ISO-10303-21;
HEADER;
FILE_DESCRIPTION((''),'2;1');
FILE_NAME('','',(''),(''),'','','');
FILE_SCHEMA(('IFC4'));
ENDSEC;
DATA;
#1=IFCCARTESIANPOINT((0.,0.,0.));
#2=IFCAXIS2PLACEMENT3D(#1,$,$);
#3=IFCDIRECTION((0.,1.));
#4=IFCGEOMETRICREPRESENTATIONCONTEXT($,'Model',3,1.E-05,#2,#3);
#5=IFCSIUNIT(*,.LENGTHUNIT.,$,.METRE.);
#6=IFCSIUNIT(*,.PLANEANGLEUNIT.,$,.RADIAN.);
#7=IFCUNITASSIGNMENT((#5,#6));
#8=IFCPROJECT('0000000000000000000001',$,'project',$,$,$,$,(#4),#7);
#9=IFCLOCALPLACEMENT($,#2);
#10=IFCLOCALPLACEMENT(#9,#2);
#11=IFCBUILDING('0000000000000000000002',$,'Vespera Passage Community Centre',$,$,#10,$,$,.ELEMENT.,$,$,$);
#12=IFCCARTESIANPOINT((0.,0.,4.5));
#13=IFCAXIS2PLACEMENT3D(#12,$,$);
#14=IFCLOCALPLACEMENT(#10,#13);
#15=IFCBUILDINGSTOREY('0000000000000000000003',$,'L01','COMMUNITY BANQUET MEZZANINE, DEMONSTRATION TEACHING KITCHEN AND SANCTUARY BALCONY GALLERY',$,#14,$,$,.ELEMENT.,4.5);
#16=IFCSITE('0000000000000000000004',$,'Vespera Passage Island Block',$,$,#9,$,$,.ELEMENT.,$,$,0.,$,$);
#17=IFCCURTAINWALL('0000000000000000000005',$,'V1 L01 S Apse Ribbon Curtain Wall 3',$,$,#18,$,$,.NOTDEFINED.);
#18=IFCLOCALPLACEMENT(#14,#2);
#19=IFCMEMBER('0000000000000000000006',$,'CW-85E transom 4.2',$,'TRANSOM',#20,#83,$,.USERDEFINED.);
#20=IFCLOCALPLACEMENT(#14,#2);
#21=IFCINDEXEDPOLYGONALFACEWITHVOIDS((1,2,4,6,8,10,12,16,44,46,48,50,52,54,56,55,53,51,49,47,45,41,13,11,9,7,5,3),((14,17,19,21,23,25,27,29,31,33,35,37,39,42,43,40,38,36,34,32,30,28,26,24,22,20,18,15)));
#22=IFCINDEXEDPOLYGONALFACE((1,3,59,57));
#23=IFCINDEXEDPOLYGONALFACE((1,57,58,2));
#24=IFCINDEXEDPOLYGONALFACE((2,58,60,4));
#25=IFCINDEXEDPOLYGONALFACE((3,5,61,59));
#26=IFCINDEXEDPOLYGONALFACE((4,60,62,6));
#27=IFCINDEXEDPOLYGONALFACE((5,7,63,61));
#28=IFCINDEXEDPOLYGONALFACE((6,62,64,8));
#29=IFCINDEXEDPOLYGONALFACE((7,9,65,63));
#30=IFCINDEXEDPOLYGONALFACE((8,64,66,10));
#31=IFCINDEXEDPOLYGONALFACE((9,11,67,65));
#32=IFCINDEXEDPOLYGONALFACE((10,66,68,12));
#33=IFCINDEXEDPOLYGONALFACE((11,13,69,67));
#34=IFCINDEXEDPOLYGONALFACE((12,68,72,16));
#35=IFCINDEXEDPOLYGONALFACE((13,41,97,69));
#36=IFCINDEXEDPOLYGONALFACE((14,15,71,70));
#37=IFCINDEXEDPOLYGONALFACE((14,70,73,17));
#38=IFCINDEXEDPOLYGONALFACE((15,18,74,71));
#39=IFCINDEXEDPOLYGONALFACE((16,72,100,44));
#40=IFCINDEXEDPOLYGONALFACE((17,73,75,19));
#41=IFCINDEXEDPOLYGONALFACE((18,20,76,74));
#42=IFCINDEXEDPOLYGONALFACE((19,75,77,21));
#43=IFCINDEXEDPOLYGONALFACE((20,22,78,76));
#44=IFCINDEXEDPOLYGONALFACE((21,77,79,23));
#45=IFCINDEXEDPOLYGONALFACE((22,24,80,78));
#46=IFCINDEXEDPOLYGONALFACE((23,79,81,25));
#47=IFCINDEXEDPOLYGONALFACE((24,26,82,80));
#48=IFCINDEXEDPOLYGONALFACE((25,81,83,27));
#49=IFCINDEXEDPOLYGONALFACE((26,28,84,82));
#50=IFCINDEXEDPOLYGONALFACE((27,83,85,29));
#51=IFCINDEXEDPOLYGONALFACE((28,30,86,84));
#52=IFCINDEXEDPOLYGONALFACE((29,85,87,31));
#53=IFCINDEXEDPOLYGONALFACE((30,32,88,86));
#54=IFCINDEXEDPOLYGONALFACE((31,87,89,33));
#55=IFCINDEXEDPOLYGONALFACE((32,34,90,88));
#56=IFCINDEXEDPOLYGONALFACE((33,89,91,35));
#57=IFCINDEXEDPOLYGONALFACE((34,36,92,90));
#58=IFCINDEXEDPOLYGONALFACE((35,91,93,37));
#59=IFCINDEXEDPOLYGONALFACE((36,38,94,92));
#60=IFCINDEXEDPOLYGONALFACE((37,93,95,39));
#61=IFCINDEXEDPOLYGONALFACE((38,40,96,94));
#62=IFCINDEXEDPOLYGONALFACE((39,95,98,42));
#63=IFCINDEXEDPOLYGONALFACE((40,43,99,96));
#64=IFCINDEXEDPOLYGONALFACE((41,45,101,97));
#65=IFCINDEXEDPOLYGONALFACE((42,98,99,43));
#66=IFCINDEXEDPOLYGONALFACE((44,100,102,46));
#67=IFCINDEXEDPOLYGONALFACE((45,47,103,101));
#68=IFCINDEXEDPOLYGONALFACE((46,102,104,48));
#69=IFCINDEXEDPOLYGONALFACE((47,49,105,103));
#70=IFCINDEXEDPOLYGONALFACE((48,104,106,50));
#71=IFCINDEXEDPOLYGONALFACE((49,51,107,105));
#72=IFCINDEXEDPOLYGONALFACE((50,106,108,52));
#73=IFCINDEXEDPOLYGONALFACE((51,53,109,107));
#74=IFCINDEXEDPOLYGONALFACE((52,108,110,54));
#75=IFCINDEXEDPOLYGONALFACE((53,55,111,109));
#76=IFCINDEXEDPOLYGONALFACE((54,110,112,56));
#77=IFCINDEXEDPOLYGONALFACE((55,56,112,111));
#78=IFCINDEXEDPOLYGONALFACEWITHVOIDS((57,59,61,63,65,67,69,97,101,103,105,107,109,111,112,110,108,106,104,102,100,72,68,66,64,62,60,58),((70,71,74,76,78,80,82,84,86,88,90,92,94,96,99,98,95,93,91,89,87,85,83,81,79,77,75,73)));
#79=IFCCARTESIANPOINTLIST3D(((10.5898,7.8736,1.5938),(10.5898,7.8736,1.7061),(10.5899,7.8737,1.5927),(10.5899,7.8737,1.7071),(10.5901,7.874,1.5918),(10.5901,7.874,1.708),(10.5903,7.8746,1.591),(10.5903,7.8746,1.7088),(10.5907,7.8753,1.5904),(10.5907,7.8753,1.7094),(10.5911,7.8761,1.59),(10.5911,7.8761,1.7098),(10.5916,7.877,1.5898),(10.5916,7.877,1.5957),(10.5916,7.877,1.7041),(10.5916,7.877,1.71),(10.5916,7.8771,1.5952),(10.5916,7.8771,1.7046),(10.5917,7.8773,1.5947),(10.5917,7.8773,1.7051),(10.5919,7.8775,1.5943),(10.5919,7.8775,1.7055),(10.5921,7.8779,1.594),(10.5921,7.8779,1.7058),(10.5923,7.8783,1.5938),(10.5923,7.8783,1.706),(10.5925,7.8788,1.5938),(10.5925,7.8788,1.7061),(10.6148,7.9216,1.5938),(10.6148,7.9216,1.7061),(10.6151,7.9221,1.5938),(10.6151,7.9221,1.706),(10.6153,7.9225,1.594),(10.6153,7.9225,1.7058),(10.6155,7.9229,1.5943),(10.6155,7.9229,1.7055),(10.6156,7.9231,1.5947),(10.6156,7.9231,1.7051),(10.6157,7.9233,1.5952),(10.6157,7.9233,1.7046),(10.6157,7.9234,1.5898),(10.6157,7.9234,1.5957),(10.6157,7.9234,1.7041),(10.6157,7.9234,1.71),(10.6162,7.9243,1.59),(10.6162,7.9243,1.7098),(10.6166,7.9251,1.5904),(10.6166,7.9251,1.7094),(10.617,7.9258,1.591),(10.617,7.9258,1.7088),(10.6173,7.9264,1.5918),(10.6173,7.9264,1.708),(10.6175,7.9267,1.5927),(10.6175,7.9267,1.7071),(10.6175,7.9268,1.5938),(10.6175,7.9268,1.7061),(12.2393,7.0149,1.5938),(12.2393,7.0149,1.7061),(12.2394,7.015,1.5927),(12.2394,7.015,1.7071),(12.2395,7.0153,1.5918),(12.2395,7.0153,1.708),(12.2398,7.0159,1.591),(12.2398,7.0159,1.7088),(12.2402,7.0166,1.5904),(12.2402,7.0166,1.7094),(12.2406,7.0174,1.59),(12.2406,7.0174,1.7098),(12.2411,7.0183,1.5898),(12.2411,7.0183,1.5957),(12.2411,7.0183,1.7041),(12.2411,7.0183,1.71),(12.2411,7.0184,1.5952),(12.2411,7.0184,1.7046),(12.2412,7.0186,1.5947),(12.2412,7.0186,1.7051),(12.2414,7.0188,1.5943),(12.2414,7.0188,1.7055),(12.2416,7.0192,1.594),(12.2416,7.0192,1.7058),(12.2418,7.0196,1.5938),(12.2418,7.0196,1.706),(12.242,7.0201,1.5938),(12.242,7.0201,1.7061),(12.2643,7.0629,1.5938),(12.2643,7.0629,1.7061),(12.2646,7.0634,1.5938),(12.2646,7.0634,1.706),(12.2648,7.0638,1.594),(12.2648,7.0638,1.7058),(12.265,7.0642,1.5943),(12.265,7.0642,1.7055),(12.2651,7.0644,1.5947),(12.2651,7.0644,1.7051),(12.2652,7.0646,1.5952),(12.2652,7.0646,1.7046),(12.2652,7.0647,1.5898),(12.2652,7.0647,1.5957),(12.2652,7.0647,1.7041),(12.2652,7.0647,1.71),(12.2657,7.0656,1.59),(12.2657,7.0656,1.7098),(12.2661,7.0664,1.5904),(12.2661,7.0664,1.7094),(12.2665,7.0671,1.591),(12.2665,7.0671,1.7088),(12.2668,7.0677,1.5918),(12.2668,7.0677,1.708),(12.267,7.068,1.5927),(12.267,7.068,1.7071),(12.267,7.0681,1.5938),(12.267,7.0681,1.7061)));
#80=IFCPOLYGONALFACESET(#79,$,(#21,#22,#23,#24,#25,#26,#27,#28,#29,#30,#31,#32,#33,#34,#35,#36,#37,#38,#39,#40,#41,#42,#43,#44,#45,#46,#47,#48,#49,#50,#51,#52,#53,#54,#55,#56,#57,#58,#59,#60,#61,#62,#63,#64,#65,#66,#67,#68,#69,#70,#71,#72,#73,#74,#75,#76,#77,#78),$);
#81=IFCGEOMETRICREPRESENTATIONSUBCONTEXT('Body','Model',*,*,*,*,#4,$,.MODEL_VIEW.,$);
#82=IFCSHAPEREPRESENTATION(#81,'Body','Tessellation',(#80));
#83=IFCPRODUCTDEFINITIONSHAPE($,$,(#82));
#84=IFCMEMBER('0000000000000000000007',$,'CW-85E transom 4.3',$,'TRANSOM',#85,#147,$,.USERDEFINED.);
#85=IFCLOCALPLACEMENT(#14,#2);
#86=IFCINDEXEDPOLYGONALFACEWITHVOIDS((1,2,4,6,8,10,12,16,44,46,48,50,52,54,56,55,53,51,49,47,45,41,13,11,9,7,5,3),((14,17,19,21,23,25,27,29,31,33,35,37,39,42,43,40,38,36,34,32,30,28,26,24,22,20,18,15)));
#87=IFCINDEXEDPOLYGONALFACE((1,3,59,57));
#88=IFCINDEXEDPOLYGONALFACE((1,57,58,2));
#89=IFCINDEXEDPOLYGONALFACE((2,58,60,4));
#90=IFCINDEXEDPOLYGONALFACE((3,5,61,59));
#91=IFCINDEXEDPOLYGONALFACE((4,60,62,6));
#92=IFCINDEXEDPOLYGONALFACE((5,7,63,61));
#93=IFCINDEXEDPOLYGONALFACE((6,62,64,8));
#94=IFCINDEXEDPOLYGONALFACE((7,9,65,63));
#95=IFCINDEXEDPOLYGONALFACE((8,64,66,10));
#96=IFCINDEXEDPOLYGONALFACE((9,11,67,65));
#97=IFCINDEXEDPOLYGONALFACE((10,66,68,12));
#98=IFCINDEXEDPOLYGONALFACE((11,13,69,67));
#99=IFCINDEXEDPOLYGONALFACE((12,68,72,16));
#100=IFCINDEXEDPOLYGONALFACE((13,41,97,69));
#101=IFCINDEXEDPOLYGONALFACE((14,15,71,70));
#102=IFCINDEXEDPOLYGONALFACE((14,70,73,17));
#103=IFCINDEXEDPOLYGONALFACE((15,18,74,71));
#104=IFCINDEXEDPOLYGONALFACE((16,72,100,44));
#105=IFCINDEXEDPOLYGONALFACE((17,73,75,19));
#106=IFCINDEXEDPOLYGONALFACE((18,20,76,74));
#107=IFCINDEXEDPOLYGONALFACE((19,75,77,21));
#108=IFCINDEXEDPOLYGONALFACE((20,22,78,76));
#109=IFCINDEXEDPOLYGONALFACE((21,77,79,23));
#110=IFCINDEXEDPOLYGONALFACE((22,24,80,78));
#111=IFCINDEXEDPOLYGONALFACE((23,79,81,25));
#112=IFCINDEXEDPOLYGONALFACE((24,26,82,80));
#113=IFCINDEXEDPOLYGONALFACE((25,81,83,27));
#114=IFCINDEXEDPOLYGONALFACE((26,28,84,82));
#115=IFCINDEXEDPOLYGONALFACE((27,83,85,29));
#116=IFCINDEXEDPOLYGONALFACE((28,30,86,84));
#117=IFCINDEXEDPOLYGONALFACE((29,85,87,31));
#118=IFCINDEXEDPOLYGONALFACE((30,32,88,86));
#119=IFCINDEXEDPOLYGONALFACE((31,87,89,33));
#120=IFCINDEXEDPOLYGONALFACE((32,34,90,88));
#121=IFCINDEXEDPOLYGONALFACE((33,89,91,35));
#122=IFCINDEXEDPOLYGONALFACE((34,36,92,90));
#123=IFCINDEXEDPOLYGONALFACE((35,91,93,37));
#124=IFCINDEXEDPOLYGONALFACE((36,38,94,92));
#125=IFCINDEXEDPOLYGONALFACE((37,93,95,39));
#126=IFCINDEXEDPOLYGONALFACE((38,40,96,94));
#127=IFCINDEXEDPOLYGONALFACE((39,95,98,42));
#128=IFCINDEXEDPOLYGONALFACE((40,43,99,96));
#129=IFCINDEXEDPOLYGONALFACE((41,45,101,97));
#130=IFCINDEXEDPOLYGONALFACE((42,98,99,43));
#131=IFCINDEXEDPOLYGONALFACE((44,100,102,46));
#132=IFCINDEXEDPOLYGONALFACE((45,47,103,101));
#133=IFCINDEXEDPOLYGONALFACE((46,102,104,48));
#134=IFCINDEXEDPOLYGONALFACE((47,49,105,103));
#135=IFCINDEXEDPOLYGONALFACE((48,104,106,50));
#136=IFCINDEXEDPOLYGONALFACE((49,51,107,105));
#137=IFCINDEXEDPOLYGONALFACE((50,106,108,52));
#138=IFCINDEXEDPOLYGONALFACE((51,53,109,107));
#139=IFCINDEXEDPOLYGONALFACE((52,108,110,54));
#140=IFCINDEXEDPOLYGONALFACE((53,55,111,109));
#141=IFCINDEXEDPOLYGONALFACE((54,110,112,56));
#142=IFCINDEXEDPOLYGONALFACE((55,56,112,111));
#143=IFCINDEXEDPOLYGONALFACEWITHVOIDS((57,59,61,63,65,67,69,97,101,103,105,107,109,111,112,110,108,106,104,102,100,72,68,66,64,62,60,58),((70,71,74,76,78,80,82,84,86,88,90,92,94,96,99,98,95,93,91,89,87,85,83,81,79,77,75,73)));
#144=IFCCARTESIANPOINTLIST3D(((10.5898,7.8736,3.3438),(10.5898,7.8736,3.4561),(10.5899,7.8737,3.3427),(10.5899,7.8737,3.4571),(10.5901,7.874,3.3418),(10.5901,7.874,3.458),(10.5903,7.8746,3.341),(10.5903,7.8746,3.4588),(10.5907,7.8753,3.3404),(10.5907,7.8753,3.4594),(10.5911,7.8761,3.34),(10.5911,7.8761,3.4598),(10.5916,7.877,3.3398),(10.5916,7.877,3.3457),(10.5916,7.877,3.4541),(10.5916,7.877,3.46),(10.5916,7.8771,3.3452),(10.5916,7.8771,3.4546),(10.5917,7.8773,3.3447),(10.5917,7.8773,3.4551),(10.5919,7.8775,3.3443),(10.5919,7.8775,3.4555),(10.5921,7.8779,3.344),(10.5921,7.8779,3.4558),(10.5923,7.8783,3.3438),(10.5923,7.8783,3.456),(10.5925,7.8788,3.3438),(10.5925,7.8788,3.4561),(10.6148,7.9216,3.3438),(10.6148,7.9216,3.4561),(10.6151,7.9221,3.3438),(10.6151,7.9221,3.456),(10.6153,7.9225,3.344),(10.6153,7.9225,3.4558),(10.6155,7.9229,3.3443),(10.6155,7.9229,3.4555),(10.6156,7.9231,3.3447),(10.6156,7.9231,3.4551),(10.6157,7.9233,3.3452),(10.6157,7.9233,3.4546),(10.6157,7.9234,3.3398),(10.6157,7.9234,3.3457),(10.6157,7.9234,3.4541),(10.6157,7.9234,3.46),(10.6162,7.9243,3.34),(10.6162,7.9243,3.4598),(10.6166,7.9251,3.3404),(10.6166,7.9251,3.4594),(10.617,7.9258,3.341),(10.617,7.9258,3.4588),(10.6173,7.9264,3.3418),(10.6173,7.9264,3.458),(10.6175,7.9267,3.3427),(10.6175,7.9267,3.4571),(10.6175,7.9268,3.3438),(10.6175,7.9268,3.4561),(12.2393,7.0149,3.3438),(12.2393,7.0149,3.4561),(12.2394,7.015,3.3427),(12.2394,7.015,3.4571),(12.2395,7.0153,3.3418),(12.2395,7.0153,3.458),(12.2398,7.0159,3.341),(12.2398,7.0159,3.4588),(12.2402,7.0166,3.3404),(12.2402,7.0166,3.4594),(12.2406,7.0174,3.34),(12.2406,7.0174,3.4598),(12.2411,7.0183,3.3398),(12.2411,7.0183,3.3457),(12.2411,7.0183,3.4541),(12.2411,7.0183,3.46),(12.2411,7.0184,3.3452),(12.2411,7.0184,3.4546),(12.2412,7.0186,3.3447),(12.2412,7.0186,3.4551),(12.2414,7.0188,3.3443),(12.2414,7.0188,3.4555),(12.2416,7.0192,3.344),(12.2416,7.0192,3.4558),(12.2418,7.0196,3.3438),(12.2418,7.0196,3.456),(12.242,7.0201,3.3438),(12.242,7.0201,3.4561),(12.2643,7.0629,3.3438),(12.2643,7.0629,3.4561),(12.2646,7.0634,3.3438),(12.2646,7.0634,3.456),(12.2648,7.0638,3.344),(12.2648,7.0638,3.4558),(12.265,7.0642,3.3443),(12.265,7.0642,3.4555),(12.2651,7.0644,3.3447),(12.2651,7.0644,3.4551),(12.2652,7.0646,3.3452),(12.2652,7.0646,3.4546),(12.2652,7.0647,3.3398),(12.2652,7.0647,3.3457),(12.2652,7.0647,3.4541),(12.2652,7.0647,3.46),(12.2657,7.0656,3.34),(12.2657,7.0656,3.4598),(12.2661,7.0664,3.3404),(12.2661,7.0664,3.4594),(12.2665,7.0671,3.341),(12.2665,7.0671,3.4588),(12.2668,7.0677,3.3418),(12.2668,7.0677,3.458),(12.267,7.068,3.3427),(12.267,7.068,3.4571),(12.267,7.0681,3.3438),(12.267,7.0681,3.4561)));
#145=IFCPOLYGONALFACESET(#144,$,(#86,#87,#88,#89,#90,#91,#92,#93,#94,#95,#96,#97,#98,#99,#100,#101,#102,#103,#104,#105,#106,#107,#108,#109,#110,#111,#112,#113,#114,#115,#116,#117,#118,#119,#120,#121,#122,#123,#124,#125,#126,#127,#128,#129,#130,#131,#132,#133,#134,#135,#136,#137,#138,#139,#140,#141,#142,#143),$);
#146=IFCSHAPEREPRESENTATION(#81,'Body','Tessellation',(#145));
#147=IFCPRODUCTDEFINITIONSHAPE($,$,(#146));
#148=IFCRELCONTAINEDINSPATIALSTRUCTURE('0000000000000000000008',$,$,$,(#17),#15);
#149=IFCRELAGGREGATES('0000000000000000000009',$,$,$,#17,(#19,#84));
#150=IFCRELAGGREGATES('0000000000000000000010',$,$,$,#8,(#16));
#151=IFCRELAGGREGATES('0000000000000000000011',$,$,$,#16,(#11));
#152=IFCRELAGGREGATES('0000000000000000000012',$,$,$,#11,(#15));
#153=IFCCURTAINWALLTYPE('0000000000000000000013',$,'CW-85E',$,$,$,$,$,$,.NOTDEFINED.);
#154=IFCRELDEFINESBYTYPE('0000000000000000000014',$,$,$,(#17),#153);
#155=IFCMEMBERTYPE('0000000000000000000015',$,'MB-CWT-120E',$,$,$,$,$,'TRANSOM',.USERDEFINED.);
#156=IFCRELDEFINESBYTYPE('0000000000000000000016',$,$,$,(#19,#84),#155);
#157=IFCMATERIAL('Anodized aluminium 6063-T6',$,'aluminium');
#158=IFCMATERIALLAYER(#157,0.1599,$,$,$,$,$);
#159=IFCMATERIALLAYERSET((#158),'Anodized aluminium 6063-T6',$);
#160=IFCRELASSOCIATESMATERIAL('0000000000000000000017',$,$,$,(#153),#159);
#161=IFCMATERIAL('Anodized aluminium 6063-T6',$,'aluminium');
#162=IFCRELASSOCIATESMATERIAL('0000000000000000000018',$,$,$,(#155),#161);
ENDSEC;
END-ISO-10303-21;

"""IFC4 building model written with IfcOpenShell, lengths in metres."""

from ifc_helpers import new_model, si_unit, direction, frame, origin, origin_2d, place, context, subcontext, project, spatial, hollow_rectangle, extrude, material, layer, layer_set, material_profile, profile_set, type_object, element, aggregate, save


model = new_model("IFC4")

# Units and contexts
model_context = context("Model", 3, precision=1e-05, world=origin(), true_north=direction((0.0, 1.0)))
body_context = subcontext(model_context, "Body", "Model", "MODEL_VIEW")
ifc_project = project(units=[si_unit("LENGTHUNIT", "METRE"), si_unit("PLANEANGLEUNIT", "RADIAN")], contexts=[model_context])

# Site, building, storey
site_placement = place(None, origin())
site = spatial("IfcSite", under=ifc_project, at=site_placement, Name="Vespera Passage Island Block", CompositionType="ELEMENT", RefElevation=0.0)
building_placement = place(site_placement, origin())
building = spatial("IfcBuilding", under=site, at=building_placement, Name="Vespera Passage Community Centre", CompositionType="ELEMENT")
storey_placement = place(building_placement, frame((0.0, 0.0, 4.5)))
storey = spatial("IfcBuildingStorey", under=building, at=storey_placement, Name="L01", Description="COMMUNITY BANQUET MEZZANINE, DEMONSTRATION TEACHING KITCHEN AND SANCTUARY BALCONY GALLERY", CompositionType="ELEMENT", Elevation=4.5)

# Curtain wall, members
ifc_material_1 = material(Name="Anodized aluminium 6063-T6", Category="aluminium")
ifc_layer_1 = layer(ifc_material_1, 0.1599)
ifc_layer_set_1 = layer_set([ifc_layer_1], Name="Anodized aluminium 6063-T6")
curtain_wall_type = type_object("IfcCurtainWallType", Name="CW-85E", PredefinedType="NOTDEFINED", material=ifc_layer_set_1)
curtain_wall_placement = place(storey_placement, origin())
curtain_wall = element("IfcCurtainWall", 1, at=curtain_wall_placement, inside=storey, type_object=curtain_wall_type, Name="V1 L01 S Apse Ribbon Curtain Wall 3", PredefinedType="NOTDEFINED")
ifc_material_2 = material(Name="Anodized aluminium 6063-T6", Category="aluminium")
ifc_material_profile_1 = material_profile(ifc_material_2, hollow_rectangle(XDim=0.0601, YDim=0.1201, WallThickness=0.0039, InnerFilletRadius=0.002, OuterFilletRadius=0.0039, at=origin_2d()), Name="ALU120X60X4")
ifc_profile_set_1 = profile_set([ifc_material_profile_1], Name="Anodized aluminium 6063-T6")
member_type_1 = type_object("IfcMemberType", Name="MB-CWT-120E", ElementType="TRANSOM", PredefinedType="USERDEFINED", material=ifc_profile_set_1)
member_1_placement = place(storey_placement, frame((12.2532, 7.0415, 1.6499), z_axis=(-0.887008, 0.461754, 0.0), x_axis=(-0.461754, -0.887008, 0.0)))
member_1 = element("IfcMember", 2, at=member_1_placement, type_object=member_type_1, Name="CW-85E transom 4.2", ObjectType="TRANSOM", PredefinedType="USERDEFINED", context=body_context, shape_type="SweptSolid", body=[
    extrude(hollow_rectangle(XDim=0.0601, YDim=0.1201, WallThickness=0.0039, InnerFilletRadius=0.002, OuterFilletRadius=0.0039, at=origin_2d()), origin(), (0.0, 0.0, 1.0), 1.8596),
])
member_2_placement = place(storey_placement, frame((12.2532, 7.0415, 3.3999), z_axis=(-0.887008, 0.461754, 0.0), x_axis=(-0.461754, -0.887008, 0.0)))
member_2 = element("IfcMember", 3, at=member_2_placement, type_object=member_type_1, Name="CW-85E transom 4.3", ObjectType="TRANSOM", PredefinedType="USERDEFINED", context=body_context, shape_type="SweptSolid", body=[
    extrude(hollow_rectangle(XDim=0.0601, YDim=0.1201, WallThickness=0.0039, InnerFilletRadius=0.002, OuterFilletRadius=0.0039, at=origin_2d()), origin(), (0.0, 0.0, 1.0), 1.8596),
])
aggregate(curtain_wall, [member_1, member_2])

save(model, "model.ifc")
